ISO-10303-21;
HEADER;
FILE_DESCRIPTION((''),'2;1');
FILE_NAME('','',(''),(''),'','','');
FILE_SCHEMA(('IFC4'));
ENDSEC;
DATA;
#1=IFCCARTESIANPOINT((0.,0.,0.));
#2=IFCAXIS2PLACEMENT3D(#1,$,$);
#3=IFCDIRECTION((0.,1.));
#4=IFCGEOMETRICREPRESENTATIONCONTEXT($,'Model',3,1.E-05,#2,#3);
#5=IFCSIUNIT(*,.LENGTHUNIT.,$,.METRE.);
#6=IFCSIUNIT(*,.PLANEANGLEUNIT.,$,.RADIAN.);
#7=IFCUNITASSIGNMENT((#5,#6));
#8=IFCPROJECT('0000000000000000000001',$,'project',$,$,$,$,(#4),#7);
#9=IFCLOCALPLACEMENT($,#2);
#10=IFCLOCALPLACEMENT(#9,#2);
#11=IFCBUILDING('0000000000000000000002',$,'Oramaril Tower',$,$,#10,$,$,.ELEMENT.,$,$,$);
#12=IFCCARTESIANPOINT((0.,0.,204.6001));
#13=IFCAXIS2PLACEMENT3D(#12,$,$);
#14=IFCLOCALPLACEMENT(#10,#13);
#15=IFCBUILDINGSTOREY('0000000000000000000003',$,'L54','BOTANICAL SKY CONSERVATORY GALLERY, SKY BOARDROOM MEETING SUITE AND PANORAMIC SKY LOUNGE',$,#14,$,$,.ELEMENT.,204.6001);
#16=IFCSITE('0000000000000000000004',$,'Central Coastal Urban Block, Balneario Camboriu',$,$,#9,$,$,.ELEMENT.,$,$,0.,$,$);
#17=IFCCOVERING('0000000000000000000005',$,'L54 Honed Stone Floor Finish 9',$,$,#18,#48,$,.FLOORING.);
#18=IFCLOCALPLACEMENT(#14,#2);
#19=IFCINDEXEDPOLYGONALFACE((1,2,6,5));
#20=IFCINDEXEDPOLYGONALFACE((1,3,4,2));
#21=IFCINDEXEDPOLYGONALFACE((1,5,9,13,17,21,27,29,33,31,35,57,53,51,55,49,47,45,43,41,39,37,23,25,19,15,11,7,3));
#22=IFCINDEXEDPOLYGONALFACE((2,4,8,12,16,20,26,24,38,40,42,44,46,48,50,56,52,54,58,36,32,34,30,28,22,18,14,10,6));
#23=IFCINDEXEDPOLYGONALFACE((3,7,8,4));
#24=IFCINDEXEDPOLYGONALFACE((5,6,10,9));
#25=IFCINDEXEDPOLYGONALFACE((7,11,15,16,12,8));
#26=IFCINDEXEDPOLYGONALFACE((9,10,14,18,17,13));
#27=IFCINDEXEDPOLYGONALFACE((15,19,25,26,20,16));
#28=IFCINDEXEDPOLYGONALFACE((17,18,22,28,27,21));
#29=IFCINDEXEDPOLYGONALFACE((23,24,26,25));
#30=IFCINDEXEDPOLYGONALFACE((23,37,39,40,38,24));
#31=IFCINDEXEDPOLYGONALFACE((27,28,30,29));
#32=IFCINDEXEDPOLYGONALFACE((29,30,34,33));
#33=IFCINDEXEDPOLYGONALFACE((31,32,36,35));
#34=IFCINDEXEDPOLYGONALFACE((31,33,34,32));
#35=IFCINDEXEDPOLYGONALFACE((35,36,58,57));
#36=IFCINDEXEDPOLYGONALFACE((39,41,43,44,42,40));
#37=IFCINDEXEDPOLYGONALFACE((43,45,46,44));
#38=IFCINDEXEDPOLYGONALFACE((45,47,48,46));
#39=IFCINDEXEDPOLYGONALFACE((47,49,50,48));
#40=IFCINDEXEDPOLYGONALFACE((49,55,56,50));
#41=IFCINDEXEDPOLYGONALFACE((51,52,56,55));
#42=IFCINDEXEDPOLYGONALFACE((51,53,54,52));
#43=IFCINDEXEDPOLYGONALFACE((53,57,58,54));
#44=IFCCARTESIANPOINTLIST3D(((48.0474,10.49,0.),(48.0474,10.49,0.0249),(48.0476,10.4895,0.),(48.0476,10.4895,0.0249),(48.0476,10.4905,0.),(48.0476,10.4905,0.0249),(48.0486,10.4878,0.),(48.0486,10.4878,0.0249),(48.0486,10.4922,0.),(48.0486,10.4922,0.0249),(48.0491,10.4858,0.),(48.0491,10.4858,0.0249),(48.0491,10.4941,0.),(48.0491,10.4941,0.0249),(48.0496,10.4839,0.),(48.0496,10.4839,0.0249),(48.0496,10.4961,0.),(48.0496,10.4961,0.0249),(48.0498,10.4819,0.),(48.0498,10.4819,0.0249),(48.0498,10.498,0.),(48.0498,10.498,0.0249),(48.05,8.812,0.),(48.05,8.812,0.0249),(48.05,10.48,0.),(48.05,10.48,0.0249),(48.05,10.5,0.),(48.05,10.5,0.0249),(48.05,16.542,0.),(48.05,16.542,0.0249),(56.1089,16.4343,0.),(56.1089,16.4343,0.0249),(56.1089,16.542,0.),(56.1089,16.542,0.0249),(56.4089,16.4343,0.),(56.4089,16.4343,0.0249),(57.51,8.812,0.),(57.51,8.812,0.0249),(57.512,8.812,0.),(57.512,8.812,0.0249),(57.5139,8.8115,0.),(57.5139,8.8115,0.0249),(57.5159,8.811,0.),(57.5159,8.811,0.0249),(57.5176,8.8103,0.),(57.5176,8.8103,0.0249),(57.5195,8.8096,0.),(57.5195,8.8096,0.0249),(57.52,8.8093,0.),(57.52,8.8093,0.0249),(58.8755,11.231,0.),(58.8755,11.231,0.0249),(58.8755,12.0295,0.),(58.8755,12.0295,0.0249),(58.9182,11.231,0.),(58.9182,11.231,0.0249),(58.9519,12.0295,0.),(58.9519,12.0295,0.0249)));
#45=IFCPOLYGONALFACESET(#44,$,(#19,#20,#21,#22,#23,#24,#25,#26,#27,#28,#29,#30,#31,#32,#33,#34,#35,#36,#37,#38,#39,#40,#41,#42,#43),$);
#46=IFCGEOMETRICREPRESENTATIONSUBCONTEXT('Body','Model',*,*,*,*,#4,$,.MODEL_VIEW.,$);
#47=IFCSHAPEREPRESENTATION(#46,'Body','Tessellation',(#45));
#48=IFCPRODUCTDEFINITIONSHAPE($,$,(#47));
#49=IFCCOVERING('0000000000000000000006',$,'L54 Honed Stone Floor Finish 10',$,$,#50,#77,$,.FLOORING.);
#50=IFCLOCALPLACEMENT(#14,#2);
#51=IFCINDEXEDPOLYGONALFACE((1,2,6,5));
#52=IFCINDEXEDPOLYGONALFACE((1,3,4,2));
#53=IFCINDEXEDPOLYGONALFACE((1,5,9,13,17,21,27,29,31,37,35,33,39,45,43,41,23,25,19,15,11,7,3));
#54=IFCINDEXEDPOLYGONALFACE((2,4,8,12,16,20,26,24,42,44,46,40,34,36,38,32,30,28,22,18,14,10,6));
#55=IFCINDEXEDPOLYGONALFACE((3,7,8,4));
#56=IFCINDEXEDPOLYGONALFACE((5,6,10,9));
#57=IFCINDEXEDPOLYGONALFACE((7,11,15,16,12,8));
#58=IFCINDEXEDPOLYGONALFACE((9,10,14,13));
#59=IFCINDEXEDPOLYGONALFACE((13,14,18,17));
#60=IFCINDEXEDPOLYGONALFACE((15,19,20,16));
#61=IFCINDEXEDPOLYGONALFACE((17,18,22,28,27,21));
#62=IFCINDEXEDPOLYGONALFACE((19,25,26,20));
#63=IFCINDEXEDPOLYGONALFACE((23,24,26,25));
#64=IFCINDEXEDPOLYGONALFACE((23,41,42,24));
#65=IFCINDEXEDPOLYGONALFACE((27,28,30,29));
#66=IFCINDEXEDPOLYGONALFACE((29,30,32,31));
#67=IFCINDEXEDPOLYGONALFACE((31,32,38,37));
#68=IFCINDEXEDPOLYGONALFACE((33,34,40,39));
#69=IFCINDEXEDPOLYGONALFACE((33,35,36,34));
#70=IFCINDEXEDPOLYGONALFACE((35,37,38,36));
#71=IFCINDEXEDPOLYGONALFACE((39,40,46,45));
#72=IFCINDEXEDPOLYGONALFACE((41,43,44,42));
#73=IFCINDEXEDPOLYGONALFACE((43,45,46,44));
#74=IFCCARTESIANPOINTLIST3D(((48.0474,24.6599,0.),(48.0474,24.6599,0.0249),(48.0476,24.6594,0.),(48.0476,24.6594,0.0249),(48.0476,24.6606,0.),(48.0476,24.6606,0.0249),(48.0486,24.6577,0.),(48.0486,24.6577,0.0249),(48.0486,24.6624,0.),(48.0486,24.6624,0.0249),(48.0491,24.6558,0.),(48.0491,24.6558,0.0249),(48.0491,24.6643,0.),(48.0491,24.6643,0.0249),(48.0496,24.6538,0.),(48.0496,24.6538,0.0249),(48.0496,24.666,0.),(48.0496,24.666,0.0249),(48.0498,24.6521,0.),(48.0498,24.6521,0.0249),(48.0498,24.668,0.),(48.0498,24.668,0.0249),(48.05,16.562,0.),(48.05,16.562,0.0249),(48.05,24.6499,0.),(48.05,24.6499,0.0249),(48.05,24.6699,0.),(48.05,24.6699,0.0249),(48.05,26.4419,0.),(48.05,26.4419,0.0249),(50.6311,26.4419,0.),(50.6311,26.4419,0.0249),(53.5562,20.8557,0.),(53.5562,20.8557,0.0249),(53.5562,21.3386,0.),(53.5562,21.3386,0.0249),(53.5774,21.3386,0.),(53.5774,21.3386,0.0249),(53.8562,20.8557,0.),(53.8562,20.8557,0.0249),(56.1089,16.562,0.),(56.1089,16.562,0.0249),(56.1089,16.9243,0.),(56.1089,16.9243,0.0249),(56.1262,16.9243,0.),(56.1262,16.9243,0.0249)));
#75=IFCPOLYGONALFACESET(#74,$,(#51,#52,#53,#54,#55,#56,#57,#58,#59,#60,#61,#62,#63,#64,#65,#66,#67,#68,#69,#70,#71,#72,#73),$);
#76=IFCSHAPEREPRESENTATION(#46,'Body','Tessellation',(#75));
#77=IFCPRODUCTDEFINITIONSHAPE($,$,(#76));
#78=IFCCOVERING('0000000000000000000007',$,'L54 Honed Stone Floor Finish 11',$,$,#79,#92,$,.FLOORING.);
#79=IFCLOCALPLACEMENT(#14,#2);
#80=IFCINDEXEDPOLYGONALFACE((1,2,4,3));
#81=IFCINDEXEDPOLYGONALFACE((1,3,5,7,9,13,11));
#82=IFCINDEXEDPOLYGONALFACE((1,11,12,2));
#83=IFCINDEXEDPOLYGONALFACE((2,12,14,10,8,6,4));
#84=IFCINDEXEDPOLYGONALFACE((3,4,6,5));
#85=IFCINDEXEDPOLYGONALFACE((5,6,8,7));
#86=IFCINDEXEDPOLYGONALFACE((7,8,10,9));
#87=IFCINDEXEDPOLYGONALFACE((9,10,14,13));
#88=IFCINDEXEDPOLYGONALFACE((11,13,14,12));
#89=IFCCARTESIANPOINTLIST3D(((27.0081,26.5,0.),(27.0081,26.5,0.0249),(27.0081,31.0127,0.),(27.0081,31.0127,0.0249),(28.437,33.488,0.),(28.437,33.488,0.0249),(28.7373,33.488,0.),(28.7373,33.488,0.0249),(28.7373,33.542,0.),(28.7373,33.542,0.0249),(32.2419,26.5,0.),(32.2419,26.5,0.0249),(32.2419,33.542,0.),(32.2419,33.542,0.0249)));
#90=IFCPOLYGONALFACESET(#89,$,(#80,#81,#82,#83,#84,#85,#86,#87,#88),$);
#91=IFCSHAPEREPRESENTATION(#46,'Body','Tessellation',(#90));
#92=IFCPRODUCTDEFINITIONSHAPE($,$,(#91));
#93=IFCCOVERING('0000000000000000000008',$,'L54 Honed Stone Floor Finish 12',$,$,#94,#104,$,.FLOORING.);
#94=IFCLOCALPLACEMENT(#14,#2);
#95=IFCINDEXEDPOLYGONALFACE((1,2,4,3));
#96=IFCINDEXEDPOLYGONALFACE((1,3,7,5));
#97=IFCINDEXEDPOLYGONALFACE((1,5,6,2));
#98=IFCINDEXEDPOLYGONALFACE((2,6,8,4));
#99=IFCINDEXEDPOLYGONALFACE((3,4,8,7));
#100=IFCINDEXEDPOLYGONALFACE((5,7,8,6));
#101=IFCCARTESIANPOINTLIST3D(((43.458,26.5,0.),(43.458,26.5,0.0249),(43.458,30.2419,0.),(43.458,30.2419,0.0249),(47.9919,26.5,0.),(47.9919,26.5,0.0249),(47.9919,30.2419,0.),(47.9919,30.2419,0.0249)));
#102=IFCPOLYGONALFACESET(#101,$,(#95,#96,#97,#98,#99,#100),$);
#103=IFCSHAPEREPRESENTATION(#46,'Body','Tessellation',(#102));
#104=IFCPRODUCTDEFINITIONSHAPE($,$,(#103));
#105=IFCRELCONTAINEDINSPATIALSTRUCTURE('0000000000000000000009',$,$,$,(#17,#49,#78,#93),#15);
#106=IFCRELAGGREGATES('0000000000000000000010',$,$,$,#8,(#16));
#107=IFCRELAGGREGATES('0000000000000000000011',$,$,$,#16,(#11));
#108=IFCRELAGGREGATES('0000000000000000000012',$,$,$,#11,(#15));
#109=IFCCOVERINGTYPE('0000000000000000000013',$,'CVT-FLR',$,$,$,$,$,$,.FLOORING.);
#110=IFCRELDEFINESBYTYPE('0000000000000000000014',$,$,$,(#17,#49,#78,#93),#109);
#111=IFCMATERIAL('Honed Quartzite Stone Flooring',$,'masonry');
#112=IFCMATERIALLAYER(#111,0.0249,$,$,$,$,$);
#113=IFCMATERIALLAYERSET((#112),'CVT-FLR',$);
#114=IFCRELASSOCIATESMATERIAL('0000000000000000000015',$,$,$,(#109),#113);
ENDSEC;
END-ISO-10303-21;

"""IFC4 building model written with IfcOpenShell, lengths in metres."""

from ifc_helpers import new_model, si_unit, direction, frame, origin, place, context, subcontext, project, spatial, polyline, outline, extrude, material, layer, layer_set, type_object, element, save


model = new_model("IFC4")

# Units and contexts
model_context = context("Model", 3, precision=1e-05, world=origin(), true_north=direction((0.0, 1.0)))
body_context = subcontext(model_context, "Body", "Model", "MODEL_VIEW")
ifc_project = project(units=[si_unit("LENGTHUNIT", "METRE"), si_unit("PLANEANGLEUNIT", "RADIAN")], contexts=[model_context])

# Site, building, storey
site_placement = place(None, origin())
site = spatial("IfcSite", under=ifc_project, at=site_placement, Name="Central Coastal Urban Block, Balneario Camboriu", CompositionType="ELEMENT", RefElevation=0.0)
building_placement = place(site_placement, origin())
building = spatial("IfcBuilding", under=site, at=building_placement, Name="Oramaril Tower", CompositionType="ELEMENT")
storey_placement = place(building_placement, frame((0.0, 0.0, 204.6001)))
storey = spatial("IfcBuildingStorey", under=building, at=storey_placement, Name="L54", Description="BOTANICAL SKY CONSERVATORY GALLERY, SKY BOARDROOM MEETING SUITE AND PANORAMIC SKY LOUNGE", CompositionType="ELEMENT", Elevation=204.6001)

# Coverings
ifc_material_1 = material(Name="Honed Quartzite Stone Flooring", Category="masonry")
ifc_layer_1 = layer(ifc_material_1, 0.0249)
ifc_layer_set_1 = layer_set([ifc_layer_1], Name="CVT-FLR")
covering_type_1 = type_object("IfcCoveringType", Name="CVT-FLR", PredefinedType="FLOORING", material=ifc_layer_set_1)
covering_1_placement = place(storey_placement, origin())
element("IfcCovering", 1, at=covering_1_placement, inside=storey, type_object=covering_type_1, Name="L54 Honed Stone Floor Finish 9", PredefinedType="FLOORING", context=body_context, shape_type="SweptSolid", body=[
    extrude(outline(polyline([(56.1089, 16.542), (56.1089, 16.4343), (56.4089, 16.4343), (58.9519, 12.0295), (58.8755, 12.0295), (58.8755, 11.231), (58.9182, 11.231), (57.52, 8.8093), (57.5195, 8.8096), (57.5176, 8.8103), (57.5159, 8.811), (57.5139, 8.8115), (57.512, 8.812), (57.51, 8.812), (48.05, 8.812), (48.05, 10.48), (48.0498, 10.4819), (48.0496, 10.4839), (48.0491, 10.4858), (48.0486, 10.4878), (48.0476, 10.4895), (48.0474, 10.49), (48.0476, 10.4905), (48.0486, 10.4922), (48.0491, 10.4941), (48.0496, 10.4961), (48.0498, 10.498), (48.05, 10.5), (48.05, 16.542), (56.1089, 16.542)])), origin(), (0.0, 0.0, 1.0), 0.0249),
])
covering_2_placement = place(storey_placement, origin())
element("IfcCovering", 2, at=covering_2_placement, inside=storey, type_object=covering_type_1, Name="L54 Honed Stone Floor Finish 10", PredefinedType="FLOORING", context=body_context, shape_type="SweptSolid", body=[
    extrude(outline(polyline([(53.5774, 21.3386), (53.5562, 21.3386), (53.5562, 20.8557), (53.8562, 20.8557), (56.1262, 16.9243), (56.1089, 16.9243), (56.1089, 16.562), (48.05, 16.562), (48.05, 24.6499), (48.0498, 24.6521), (48.0496, 24.6538), (48.0491, 24.6558), (48.0486, 24.6577), (48.0476, 24.6594), (48.0474, 24.6599), (48.0476, 24.6606), (48.0486, 24.6624), (48.0491, 24.6643), (48.0496, 24.666), (48.0498, 24.668), (48.05, 24.6699), (48.05, 26.4419), (50.6311, 26.4419), (53.5774, 21.3386)])), origin(), (0.0, 0.0, 1.0), 0.0249),
])
covering_3_placement = place(storey_placement, origin())
element("IfcCovering", 3, at=covering_3_placement, inside=storey, type_object=covering_type_1, Name="L54 Honed Stone Floor Finish 11", PredefinedType="FLOORING", context=body_context, shape_type="SweptSolid", body=[
    extrude(outline(polyline([(32.2419, 26.5), (27.0081, 26.5), (27.0081, 31.0127), (28.437, 33.488), (28.7373, 33.488), (28.7373, 33.542), (32.2419, 33.542), (32.2419, 26.5)])), origin(), (0.0, 0.0, 1.0), 0.0249),
])
covering_4_placement = place(storey_placement, origin())
element("IfcCovering", 4, at=covering_4_placement, inside=storey, type_object=covering_type_1, Name="L54 Honed Stone Floor Finish 12", PredefinedType="FLOORING", context=body_context, shape_type="SweptSolid", body=[
    extrude(outline(polyline([(47.9919, 30.2419), (47.9919, 26.5), (43.458, 26.5), (43.458, 30.2419), (47.9919, 30.2419)])), origin(), (0.0, 0.0, 1.0), 0.0249),
])

save(model, "model.ifc")
